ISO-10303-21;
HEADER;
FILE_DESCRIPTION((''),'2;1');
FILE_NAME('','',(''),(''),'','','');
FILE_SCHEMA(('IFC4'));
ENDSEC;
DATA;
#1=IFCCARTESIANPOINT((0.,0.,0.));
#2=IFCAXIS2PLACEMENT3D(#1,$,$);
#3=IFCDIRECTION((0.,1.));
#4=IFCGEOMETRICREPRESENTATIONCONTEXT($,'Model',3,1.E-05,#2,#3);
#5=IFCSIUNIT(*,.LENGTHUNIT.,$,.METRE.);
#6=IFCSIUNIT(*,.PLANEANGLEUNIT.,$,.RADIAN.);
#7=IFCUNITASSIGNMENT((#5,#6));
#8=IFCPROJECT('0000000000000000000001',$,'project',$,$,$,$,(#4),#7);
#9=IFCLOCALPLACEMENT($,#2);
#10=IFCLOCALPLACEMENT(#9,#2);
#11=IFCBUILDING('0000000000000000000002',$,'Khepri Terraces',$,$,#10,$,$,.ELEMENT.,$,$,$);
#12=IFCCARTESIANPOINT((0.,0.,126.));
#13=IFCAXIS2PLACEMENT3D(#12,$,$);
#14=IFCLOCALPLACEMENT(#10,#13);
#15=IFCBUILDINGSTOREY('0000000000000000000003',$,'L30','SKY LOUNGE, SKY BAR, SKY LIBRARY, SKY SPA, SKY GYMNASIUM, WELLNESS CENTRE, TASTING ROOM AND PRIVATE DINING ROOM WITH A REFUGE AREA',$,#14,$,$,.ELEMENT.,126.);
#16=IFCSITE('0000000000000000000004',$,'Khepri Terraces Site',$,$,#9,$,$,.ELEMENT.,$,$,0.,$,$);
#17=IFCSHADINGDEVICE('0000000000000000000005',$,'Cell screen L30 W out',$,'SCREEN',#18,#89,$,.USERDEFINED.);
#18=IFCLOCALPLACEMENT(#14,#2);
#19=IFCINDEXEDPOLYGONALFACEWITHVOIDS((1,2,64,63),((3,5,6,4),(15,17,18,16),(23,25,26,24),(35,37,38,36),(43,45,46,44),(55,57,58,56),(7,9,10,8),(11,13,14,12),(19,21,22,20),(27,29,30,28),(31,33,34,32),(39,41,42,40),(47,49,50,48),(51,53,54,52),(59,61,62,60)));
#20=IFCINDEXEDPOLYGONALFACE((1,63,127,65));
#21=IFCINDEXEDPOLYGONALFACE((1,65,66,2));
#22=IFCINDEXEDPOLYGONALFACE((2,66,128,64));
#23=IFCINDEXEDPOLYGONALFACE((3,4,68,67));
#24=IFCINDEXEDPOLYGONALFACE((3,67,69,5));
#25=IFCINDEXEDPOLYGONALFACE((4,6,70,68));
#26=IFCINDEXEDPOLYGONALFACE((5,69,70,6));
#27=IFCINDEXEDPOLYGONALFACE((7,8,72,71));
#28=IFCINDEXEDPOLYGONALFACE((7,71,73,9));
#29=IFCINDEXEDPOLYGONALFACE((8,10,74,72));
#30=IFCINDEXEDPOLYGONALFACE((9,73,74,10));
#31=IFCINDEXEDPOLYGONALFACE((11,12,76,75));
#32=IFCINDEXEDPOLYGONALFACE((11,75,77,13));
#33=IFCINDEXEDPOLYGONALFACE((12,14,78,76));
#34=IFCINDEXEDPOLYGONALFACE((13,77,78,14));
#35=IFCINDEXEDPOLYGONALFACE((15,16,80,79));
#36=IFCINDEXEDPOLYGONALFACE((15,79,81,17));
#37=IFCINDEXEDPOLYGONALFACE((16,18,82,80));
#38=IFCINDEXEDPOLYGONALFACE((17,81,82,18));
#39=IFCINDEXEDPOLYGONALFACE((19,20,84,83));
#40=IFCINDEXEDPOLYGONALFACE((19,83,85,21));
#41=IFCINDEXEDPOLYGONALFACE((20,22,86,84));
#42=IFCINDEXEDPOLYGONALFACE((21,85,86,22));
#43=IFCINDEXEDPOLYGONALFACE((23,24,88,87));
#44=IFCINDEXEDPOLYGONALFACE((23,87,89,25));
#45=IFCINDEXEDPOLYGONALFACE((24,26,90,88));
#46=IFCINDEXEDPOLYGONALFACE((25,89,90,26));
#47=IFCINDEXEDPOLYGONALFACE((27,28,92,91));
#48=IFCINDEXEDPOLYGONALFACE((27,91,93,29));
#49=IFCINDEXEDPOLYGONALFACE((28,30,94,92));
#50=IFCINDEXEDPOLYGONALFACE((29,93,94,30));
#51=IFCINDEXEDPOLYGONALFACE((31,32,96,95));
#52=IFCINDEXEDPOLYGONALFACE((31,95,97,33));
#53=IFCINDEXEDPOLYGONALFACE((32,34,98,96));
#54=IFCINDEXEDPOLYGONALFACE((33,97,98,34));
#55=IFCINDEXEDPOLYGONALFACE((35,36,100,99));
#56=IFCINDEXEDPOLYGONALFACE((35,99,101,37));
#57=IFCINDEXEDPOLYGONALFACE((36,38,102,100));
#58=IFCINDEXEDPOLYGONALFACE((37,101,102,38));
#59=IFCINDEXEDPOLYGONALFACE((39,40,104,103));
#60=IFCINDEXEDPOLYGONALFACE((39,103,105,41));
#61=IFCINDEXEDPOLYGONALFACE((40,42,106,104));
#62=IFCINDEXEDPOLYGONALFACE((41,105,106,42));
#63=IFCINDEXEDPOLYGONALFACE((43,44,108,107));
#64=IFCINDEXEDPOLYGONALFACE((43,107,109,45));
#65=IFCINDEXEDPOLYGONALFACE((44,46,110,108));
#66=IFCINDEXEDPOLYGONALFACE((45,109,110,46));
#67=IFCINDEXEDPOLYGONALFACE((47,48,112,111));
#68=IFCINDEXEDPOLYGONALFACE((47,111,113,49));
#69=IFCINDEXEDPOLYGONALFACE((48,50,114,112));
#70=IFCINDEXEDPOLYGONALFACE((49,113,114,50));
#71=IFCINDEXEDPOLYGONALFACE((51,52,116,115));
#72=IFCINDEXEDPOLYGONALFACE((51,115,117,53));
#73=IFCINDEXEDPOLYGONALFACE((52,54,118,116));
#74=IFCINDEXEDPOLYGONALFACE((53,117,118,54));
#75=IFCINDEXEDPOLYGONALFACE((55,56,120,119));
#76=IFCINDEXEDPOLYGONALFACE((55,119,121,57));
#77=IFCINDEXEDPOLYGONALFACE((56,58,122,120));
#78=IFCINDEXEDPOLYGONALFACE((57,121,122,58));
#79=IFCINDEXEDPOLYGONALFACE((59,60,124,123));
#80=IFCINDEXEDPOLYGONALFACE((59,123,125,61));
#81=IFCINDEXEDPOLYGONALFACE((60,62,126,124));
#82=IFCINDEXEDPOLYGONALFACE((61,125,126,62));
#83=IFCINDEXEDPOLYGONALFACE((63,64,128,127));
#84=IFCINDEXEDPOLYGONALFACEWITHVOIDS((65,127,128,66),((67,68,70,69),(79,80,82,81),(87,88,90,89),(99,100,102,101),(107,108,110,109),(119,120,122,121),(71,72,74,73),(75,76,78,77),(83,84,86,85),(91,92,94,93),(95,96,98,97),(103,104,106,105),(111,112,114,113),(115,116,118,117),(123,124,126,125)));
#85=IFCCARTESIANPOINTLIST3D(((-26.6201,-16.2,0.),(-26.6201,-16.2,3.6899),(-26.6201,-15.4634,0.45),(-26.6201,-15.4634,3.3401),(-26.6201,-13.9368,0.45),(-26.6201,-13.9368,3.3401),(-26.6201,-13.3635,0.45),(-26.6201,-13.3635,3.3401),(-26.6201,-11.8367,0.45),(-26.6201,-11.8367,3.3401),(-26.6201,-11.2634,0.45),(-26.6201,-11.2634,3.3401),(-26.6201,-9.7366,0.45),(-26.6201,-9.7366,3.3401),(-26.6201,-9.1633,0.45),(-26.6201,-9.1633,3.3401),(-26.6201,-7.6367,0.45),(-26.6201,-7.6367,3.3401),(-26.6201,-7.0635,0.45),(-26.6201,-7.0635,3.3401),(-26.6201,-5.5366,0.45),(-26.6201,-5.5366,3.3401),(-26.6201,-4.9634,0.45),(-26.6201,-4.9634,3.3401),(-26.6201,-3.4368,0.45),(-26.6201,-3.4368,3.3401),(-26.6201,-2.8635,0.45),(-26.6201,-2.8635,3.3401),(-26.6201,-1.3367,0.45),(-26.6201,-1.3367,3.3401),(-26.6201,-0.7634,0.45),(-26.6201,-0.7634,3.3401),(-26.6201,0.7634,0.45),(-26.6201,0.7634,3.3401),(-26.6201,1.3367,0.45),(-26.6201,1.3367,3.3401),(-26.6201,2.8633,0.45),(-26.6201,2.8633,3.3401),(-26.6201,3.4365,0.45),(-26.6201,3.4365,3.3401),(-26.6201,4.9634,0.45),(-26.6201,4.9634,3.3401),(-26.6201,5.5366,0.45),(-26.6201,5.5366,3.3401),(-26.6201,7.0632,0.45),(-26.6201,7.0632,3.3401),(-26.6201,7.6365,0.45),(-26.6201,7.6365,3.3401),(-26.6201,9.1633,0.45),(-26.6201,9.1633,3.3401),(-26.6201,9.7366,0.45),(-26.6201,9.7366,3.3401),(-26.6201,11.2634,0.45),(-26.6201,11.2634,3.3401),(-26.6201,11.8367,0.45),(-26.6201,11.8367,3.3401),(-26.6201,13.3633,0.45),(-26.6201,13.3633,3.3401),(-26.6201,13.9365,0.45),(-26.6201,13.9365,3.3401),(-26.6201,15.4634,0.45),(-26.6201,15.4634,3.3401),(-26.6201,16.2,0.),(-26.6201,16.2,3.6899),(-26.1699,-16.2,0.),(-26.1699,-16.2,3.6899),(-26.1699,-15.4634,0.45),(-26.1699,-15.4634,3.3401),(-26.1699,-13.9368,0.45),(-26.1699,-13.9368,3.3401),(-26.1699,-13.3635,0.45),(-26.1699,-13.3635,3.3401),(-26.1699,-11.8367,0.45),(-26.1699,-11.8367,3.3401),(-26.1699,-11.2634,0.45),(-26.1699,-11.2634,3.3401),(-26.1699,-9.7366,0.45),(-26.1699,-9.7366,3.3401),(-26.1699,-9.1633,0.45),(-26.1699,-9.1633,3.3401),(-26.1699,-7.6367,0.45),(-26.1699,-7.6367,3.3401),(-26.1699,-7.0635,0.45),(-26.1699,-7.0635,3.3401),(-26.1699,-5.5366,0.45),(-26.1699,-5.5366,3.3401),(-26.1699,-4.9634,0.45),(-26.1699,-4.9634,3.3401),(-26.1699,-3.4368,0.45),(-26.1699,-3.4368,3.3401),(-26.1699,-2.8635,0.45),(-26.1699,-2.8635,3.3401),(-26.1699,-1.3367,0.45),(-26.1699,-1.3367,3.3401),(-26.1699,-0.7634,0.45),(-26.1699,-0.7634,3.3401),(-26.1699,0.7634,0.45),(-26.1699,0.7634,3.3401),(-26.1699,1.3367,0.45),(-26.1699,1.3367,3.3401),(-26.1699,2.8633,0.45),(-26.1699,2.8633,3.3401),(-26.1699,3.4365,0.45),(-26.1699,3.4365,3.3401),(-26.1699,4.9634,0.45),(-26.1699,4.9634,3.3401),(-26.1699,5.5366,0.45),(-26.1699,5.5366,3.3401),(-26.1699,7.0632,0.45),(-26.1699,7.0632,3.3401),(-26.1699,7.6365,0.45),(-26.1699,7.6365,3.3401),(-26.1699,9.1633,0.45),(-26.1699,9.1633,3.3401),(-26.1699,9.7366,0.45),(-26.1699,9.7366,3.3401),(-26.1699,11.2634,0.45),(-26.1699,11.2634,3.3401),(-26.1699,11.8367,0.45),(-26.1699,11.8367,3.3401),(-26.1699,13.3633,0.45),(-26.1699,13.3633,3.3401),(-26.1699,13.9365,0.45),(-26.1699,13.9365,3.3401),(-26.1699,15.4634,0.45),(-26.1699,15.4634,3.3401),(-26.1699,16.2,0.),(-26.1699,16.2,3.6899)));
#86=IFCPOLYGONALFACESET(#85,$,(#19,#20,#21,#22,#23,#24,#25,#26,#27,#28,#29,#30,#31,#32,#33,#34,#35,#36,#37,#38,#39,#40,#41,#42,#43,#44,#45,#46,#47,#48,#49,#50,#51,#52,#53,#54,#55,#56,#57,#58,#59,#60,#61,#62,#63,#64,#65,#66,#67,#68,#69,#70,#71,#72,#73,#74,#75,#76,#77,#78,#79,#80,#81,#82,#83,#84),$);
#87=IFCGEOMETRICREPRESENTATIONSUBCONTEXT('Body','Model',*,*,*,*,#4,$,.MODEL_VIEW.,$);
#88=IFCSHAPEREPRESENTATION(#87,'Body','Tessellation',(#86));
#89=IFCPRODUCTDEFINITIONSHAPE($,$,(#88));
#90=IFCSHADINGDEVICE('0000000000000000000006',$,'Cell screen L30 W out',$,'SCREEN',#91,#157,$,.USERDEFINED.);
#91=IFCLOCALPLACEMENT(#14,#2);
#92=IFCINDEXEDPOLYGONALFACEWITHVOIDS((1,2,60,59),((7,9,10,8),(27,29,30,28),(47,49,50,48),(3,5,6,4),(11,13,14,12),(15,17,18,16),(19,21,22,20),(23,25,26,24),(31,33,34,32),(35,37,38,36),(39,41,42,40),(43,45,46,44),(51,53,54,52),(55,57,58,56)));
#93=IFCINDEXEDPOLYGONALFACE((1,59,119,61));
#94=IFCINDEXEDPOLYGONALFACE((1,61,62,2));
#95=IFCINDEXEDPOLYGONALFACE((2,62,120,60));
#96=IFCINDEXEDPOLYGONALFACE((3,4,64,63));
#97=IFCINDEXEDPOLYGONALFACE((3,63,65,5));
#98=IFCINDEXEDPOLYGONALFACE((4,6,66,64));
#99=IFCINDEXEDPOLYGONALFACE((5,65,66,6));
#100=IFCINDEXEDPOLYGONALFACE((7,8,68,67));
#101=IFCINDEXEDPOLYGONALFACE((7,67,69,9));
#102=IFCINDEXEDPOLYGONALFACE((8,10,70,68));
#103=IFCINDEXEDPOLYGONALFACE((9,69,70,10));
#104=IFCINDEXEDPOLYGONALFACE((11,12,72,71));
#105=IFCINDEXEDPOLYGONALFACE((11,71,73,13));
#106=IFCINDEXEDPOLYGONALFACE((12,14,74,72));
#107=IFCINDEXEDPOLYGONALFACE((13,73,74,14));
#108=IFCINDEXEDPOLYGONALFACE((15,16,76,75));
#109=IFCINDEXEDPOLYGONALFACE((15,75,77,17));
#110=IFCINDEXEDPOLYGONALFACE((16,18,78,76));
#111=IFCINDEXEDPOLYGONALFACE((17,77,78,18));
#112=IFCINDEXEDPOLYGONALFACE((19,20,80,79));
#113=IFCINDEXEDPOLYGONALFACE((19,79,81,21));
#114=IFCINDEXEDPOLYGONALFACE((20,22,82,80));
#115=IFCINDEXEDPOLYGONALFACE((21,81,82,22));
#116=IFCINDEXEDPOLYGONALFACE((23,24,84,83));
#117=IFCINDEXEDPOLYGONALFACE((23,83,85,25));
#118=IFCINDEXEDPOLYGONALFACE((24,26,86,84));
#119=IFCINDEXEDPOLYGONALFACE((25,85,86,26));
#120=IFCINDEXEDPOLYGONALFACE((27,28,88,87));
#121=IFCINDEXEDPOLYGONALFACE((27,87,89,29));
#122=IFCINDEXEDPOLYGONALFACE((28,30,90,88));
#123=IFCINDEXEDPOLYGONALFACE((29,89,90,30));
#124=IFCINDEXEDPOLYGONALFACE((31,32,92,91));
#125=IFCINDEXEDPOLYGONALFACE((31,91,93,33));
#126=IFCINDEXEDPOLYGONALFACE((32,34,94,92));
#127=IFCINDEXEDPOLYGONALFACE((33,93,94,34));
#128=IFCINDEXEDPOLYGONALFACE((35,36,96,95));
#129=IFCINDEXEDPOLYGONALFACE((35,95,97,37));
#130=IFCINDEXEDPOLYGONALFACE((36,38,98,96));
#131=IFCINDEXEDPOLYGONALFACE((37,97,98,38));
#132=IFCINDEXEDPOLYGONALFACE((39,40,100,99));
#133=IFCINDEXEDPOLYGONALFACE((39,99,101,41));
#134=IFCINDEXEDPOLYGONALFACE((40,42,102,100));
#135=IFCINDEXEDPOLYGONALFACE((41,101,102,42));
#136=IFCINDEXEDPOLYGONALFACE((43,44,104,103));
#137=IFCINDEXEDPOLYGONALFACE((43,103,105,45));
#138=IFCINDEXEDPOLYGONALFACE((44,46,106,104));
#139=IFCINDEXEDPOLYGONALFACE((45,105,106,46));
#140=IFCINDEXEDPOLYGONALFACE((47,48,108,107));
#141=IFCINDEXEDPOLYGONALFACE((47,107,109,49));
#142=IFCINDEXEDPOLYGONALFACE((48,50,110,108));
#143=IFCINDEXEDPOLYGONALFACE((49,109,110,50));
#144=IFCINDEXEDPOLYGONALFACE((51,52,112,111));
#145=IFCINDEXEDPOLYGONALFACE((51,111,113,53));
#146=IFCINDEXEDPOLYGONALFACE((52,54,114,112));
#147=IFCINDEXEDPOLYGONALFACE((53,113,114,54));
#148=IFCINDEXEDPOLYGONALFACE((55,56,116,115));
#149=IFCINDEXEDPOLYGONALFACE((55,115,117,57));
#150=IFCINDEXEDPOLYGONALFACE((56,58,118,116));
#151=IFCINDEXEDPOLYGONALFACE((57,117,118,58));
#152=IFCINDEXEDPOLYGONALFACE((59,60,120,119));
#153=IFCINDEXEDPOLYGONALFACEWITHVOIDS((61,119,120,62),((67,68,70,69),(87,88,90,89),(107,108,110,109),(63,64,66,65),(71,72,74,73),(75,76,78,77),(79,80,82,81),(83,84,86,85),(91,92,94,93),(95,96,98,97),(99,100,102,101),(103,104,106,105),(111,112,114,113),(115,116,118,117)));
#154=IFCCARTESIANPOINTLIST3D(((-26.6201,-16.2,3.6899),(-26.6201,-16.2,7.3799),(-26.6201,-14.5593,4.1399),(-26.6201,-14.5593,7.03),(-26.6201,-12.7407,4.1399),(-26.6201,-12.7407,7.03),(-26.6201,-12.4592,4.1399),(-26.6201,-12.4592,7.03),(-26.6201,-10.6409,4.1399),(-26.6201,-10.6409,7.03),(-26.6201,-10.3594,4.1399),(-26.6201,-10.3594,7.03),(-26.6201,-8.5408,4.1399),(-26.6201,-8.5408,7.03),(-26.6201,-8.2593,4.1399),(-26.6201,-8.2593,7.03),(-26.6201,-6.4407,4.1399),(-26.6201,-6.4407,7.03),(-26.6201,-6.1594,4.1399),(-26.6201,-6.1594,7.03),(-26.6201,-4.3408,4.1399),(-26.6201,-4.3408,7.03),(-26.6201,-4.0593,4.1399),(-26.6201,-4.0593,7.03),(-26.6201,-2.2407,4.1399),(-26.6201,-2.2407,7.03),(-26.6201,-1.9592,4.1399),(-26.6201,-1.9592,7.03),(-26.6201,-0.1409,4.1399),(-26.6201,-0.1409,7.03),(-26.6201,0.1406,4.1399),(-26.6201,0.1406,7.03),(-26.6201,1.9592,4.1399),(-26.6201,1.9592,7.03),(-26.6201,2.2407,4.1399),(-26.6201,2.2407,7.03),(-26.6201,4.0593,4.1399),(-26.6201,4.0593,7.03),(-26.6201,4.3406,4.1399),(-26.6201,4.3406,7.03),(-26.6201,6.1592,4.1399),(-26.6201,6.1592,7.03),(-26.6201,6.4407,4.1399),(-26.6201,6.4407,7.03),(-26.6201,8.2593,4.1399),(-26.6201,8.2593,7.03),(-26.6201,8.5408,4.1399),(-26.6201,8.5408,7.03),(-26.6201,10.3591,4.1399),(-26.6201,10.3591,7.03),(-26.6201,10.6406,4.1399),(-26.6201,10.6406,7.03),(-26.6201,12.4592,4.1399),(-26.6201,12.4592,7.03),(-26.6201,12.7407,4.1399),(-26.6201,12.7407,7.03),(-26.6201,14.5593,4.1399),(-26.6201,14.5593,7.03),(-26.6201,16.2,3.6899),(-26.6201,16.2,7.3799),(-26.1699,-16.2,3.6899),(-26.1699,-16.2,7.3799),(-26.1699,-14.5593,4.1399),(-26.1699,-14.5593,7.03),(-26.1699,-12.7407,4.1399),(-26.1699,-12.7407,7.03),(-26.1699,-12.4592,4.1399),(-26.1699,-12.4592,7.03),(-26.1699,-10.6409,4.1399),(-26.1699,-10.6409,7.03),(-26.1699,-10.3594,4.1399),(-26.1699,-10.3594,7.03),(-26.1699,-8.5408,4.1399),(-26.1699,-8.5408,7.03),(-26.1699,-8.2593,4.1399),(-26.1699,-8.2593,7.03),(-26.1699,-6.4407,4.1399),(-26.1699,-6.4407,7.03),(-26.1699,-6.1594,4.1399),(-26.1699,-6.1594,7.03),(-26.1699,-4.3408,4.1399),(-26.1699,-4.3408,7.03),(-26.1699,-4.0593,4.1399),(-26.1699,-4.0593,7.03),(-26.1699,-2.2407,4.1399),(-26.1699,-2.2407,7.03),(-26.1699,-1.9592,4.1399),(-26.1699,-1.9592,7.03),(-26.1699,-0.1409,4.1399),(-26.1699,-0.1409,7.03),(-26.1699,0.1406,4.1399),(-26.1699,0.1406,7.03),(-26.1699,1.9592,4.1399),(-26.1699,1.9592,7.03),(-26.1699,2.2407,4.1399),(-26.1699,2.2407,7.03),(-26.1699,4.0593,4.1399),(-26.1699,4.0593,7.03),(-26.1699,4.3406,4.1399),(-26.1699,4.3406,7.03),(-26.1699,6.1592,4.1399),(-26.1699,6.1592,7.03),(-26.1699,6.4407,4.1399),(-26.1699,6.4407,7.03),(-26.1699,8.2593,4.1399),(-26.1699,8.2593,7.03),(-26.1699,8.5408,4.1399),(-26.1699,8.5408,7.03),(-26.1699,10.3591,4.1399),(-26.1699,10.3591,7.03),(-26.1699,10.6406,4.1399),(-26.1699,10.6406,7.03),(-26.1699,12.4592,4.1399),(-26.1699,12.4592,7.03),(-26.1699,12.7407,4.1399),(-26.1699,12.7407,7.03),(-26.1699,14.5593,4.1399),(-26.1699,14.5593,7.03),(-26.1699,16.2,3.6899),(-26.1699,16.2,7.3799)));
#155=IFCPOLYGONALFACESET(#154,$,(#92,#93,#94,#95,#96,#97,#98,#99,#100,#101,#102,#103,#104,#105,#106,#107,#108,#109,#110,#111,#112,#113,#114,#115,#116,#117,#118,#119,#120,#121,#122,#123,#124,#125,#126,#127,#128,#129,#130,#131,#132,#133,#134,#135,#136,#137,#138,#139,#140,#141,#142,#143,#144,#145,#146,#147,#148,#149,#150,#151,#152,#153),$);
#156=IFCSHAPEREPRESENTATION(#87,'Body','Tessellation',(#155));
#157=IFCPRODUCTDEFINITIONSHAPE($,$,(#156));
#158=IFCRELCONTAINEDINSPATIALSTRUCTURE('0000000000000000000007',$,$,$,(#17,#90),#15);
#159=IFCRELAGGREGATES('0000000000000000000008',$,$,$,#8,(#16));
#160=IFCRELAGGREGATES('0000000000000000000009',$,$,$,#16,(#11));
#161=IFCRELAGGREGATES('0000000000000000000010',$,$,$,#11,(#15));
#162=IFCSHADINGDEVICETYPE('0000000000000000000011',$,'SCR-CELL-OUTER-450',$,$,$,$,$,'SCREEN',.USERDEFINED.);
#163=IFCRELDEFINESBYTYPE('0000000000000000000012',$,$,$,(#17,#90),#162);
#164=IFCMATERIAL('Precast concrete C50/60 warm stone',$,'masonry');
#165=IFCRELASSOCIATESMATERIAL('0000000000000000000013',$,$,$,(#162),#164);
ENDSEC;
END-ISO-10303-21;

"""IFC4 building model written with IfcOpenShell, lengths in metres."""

from ifc_helpers import new_model, si_unit, direction, frame, origin, place, context, subcontext, project, spatial, polyline, outline, extrude, material, type_object, element, save


model = new_model("IFC4")

# Units and contexts
model_context = context("Model", 3, precision=1e-05, world=origin(), true_north=direction((0.0, 1.0)))
body_context = subcontext(model_context, "Body", "Model", "MODEL_VIEW")
ifc_project = project(units=[si_unit("LENGTHUNIT", "METRE"), si_unit("PLANEANGLEUNIT", "RADIAN")], contexts=[model_context])

# Site, building, storey
site_placement = place(None, origin())
site = spatial("IfcSite", under=ifc_project, at=site_placement, Name="Khepri Terraces Site", CompositionType="ELEMENT", RefElevation=0.0)
building_placement = place(site_placement, origin())
building = spatial("IfcBuilding", under=site, at=building_placement, Name="Khepri Terraces", CompositionType="ELEMENT")
storey_placement = place(building_placement, frame((0.0, 0.0, 126.0)))
storey = spatial("IfcBuildingStorey", under=building, at=storey_placement, Name="L30", Description="SKY LOUNGE, SKY BAR, SKY LIBRARY, SKY SPA, SKY GYMNASIUM, WELLNESS CENTRE, TASTING ROOM AND PRIVATE DINING ROOM WITH A REFUGE AREA", CompositionType="ELEMENT", Elevation=126.0)

# Shared definitions
ifc_material_1 = material(Name="Precast concrete C50/60 warm stone", Category="masonry")

# Shading devices
shading_device_type_1 = type_object("IfcShadingDeviceType", Name="SCR-CELL-OUTER-450", ElementType="SCREEN", PredefinedType="USERDEFINED", material=ifc_material_1)
shading_device_1_placement = place(storey_placement, frame((-26.1699, 16.2, 0.0), z_axis=(-1.0, 0.0, 0.0), x_axis=(0.0, -1.0, 0.0)))
element("IfcShadingDevice", 1, at=shading_device_1_placement, inside=storey, type_object=shading_device_type_1, Name="Cell screen L30 W out", ObjectType="SCREEN", PredefinedType="USERDEFINED", context=body_context, shape_type="SweptSolid", body=[
    extrude(outline(polyline([(0.0, 0.0), (32.3999, 0.0), (32.3999, 3.6899), (0.0, 3.6899), (0.0, 0.0)]), holes=[polyline([(0.7366, 0.45), (2.2634, 0.45), (2.2634, 3.3401), (0.7366, 3.3401), (0.7366, 0.45)]), polyline([(2.8367, 0.45), (4.3633, 0.45), (4.3633, 3.3401), (2.8367, 3.3401), (2.8367, 0.45)]), polyline([(4.9365, 0.45), (6.4634, 0.45), (6.4634, 3.3401), (4.9365, 3.3401), (4.9365, 0.45)]), polyline([(7.0366, 0.45), (8.5635, 0.45), (8.5635, 3.3401), (7.0366, 3.3401), (7.0366, 0.45)]), polyline([(9.1367, 0.45), (10.6633, 0.45), (10.6633, 3.3401), (9.1367, 3.3401), (9.1367, 0.45)]), polyline([(11.2366, 0.45), (12.7634, 0.45), (12.7634, 3.3401), (11.2366, 3.3401), (11.2366, 0.45)]), polyline([(13.3367, 0.45), (14.8633, 0.45), (14.8633, 3.3401), (13.3367, 3.3401), (13.3367, 0.45)]), polyline([(15.4365, 0.45), (16.9634, 0.45), (16.9634, 3.3401), (15.4365, 3.3401), (15.4365, 0.45)]), polyline([(17.5366, 0.45), (19.0635, 0.45), (19.0635, 3.3401), (17.5366, 3.3401), (17.5366, 0.45)]), polyline([(19.6367, 0.45), (21.1633, 0.45), (21.1633, 3.3401), (19.6367, 3.3401), (19.6367, 0.45)]), polyline([(21.7366, 0.45), (23.2634, 0.45), (23.2634, 3.3401), (21.7366, 3.3401), (21.7366, 0.45)]), polyline([(23.8367, 0.45), (25.3633, 0.45), (25.3633, 3.3401), (23.8367, 3.3401), (23.8367, 0.45)]), polyline([(25.9365, 0.45), (27.4634, 0.45), (27.4634, 3.3401), (25.9365, 3.3401), (25.9365, 0.45)]), polyline([(28.0366, 0.45), (29.5635, 0.45), (29.5635, 3.3401), (28.0366, 3.3401), (28.0366, 0.45)]), polyline([(30.1367, 0.45), (31.6633, 0.45), (31.6633, 3.3401), (30.1367, 3.3401), (30.1367, 0.45)])]), origin(), (0.0, 0.0, 1.0), 0.4502),
])
shading_device_2_placement = place(storey_placement, frame((-26.1699, 16.2, 3.6899), z_axis=(-1.0, 0.0, 0.0), x_axis=(0.0, -1.0, 0.0)))
element("IfcShadingDevice", 2, at=shading_device_2_placement, inside=storey, type_object=shading_device_type_1, Name="Cell screen L30 W out", ObjectType="SCREEN", PredefinedType="USERDEFINED", context=body_context, shape_type="SweptSolid", body=[
    extrude(outline(polyline([(0.0, 0.0), (32.3999, 0.0), (32.3999, 3.6899), (0.0, 3.6899), (0.0, 0.0)]), holes=[polyline([(1.6406, 0.45), (3.4592, 0.45), (3.4592, 3.3401), (1.6406, 3.3401), (1.6406, 0.45)]), polyline([(3.7407, 0.45), (5.5593, 0.45), (5.5593, 3.3401), (3.7407, 3.3401), (3.7407, 0.45)]), polyline([(5.8408, 0.45), (7.6592, 0.45), (7.6592, 3.3401), (5.8408, 3.3401), (5.8408, 0.45)]), polyline([(7.9407, 0.45), (9.7593, 0.45), (9.7593, 3.3401), (7.9407, 3.3401), (7.9407, 0.45)]), polyline([(10.0408, 0.45), (11.8594, 0.45), (11.8594, 3.3401), (10.0408, 3.3401), (10.0408, 0.45)]), polyline([(12.1406, 0.45), (13.9592, 0.45), (13.9592, 3.3401), (12.1406, 3.3401), (12.1406, 0.45)]), polyline([(14.2407, 0.45), (16.0593, 0.45), (16.0593, 3.3401), (14.2407, 3.3401), (14.2407, 0.45)]), polyline([(16.3408, 0.45), (18.1592, 0.45), (18.1592, 3.3401), (16.3408, 3.3401), (16.3408, 0.45)]), polyline([(18.4407, 0.45), (20.2593, 0.45), (20.2593, 3.3401), (18.4407, 3.3401), (18.4407, 0.45)]), polyline([(20.5408, 0.45), (22.3594, 0.45), (22.3594, 3.3401), (20.5408, 3.3401), (20.5408, 0.45)]), polyline([(22.6406, 0.45), (24.4592, 0.45), (24.4592, 3.3401), (22.6406, 3.3401), (22.6406, 0.45)]), polyline([(24.7407, 0.45), (26.5593, 0.45), (26.5593, 3.3401), (24.7407, 3.3401), (24.7407, 0.45)]), polyline([(26.8408, 0.45), (28.6592, 0.45), (28.6592, 3.3401), (26.8408, 3.3401), (26.8408, 0.45)]), polyline([(28.9407, 0.45), (30.7593, 0.45), (30.7593, 3.3401), (28.9407, 3.3401), (28.9407, 0.45)])]), origin(), (0.0, 0.0, 1.0), 0.4502),
])

save(model, "model.ifc")
